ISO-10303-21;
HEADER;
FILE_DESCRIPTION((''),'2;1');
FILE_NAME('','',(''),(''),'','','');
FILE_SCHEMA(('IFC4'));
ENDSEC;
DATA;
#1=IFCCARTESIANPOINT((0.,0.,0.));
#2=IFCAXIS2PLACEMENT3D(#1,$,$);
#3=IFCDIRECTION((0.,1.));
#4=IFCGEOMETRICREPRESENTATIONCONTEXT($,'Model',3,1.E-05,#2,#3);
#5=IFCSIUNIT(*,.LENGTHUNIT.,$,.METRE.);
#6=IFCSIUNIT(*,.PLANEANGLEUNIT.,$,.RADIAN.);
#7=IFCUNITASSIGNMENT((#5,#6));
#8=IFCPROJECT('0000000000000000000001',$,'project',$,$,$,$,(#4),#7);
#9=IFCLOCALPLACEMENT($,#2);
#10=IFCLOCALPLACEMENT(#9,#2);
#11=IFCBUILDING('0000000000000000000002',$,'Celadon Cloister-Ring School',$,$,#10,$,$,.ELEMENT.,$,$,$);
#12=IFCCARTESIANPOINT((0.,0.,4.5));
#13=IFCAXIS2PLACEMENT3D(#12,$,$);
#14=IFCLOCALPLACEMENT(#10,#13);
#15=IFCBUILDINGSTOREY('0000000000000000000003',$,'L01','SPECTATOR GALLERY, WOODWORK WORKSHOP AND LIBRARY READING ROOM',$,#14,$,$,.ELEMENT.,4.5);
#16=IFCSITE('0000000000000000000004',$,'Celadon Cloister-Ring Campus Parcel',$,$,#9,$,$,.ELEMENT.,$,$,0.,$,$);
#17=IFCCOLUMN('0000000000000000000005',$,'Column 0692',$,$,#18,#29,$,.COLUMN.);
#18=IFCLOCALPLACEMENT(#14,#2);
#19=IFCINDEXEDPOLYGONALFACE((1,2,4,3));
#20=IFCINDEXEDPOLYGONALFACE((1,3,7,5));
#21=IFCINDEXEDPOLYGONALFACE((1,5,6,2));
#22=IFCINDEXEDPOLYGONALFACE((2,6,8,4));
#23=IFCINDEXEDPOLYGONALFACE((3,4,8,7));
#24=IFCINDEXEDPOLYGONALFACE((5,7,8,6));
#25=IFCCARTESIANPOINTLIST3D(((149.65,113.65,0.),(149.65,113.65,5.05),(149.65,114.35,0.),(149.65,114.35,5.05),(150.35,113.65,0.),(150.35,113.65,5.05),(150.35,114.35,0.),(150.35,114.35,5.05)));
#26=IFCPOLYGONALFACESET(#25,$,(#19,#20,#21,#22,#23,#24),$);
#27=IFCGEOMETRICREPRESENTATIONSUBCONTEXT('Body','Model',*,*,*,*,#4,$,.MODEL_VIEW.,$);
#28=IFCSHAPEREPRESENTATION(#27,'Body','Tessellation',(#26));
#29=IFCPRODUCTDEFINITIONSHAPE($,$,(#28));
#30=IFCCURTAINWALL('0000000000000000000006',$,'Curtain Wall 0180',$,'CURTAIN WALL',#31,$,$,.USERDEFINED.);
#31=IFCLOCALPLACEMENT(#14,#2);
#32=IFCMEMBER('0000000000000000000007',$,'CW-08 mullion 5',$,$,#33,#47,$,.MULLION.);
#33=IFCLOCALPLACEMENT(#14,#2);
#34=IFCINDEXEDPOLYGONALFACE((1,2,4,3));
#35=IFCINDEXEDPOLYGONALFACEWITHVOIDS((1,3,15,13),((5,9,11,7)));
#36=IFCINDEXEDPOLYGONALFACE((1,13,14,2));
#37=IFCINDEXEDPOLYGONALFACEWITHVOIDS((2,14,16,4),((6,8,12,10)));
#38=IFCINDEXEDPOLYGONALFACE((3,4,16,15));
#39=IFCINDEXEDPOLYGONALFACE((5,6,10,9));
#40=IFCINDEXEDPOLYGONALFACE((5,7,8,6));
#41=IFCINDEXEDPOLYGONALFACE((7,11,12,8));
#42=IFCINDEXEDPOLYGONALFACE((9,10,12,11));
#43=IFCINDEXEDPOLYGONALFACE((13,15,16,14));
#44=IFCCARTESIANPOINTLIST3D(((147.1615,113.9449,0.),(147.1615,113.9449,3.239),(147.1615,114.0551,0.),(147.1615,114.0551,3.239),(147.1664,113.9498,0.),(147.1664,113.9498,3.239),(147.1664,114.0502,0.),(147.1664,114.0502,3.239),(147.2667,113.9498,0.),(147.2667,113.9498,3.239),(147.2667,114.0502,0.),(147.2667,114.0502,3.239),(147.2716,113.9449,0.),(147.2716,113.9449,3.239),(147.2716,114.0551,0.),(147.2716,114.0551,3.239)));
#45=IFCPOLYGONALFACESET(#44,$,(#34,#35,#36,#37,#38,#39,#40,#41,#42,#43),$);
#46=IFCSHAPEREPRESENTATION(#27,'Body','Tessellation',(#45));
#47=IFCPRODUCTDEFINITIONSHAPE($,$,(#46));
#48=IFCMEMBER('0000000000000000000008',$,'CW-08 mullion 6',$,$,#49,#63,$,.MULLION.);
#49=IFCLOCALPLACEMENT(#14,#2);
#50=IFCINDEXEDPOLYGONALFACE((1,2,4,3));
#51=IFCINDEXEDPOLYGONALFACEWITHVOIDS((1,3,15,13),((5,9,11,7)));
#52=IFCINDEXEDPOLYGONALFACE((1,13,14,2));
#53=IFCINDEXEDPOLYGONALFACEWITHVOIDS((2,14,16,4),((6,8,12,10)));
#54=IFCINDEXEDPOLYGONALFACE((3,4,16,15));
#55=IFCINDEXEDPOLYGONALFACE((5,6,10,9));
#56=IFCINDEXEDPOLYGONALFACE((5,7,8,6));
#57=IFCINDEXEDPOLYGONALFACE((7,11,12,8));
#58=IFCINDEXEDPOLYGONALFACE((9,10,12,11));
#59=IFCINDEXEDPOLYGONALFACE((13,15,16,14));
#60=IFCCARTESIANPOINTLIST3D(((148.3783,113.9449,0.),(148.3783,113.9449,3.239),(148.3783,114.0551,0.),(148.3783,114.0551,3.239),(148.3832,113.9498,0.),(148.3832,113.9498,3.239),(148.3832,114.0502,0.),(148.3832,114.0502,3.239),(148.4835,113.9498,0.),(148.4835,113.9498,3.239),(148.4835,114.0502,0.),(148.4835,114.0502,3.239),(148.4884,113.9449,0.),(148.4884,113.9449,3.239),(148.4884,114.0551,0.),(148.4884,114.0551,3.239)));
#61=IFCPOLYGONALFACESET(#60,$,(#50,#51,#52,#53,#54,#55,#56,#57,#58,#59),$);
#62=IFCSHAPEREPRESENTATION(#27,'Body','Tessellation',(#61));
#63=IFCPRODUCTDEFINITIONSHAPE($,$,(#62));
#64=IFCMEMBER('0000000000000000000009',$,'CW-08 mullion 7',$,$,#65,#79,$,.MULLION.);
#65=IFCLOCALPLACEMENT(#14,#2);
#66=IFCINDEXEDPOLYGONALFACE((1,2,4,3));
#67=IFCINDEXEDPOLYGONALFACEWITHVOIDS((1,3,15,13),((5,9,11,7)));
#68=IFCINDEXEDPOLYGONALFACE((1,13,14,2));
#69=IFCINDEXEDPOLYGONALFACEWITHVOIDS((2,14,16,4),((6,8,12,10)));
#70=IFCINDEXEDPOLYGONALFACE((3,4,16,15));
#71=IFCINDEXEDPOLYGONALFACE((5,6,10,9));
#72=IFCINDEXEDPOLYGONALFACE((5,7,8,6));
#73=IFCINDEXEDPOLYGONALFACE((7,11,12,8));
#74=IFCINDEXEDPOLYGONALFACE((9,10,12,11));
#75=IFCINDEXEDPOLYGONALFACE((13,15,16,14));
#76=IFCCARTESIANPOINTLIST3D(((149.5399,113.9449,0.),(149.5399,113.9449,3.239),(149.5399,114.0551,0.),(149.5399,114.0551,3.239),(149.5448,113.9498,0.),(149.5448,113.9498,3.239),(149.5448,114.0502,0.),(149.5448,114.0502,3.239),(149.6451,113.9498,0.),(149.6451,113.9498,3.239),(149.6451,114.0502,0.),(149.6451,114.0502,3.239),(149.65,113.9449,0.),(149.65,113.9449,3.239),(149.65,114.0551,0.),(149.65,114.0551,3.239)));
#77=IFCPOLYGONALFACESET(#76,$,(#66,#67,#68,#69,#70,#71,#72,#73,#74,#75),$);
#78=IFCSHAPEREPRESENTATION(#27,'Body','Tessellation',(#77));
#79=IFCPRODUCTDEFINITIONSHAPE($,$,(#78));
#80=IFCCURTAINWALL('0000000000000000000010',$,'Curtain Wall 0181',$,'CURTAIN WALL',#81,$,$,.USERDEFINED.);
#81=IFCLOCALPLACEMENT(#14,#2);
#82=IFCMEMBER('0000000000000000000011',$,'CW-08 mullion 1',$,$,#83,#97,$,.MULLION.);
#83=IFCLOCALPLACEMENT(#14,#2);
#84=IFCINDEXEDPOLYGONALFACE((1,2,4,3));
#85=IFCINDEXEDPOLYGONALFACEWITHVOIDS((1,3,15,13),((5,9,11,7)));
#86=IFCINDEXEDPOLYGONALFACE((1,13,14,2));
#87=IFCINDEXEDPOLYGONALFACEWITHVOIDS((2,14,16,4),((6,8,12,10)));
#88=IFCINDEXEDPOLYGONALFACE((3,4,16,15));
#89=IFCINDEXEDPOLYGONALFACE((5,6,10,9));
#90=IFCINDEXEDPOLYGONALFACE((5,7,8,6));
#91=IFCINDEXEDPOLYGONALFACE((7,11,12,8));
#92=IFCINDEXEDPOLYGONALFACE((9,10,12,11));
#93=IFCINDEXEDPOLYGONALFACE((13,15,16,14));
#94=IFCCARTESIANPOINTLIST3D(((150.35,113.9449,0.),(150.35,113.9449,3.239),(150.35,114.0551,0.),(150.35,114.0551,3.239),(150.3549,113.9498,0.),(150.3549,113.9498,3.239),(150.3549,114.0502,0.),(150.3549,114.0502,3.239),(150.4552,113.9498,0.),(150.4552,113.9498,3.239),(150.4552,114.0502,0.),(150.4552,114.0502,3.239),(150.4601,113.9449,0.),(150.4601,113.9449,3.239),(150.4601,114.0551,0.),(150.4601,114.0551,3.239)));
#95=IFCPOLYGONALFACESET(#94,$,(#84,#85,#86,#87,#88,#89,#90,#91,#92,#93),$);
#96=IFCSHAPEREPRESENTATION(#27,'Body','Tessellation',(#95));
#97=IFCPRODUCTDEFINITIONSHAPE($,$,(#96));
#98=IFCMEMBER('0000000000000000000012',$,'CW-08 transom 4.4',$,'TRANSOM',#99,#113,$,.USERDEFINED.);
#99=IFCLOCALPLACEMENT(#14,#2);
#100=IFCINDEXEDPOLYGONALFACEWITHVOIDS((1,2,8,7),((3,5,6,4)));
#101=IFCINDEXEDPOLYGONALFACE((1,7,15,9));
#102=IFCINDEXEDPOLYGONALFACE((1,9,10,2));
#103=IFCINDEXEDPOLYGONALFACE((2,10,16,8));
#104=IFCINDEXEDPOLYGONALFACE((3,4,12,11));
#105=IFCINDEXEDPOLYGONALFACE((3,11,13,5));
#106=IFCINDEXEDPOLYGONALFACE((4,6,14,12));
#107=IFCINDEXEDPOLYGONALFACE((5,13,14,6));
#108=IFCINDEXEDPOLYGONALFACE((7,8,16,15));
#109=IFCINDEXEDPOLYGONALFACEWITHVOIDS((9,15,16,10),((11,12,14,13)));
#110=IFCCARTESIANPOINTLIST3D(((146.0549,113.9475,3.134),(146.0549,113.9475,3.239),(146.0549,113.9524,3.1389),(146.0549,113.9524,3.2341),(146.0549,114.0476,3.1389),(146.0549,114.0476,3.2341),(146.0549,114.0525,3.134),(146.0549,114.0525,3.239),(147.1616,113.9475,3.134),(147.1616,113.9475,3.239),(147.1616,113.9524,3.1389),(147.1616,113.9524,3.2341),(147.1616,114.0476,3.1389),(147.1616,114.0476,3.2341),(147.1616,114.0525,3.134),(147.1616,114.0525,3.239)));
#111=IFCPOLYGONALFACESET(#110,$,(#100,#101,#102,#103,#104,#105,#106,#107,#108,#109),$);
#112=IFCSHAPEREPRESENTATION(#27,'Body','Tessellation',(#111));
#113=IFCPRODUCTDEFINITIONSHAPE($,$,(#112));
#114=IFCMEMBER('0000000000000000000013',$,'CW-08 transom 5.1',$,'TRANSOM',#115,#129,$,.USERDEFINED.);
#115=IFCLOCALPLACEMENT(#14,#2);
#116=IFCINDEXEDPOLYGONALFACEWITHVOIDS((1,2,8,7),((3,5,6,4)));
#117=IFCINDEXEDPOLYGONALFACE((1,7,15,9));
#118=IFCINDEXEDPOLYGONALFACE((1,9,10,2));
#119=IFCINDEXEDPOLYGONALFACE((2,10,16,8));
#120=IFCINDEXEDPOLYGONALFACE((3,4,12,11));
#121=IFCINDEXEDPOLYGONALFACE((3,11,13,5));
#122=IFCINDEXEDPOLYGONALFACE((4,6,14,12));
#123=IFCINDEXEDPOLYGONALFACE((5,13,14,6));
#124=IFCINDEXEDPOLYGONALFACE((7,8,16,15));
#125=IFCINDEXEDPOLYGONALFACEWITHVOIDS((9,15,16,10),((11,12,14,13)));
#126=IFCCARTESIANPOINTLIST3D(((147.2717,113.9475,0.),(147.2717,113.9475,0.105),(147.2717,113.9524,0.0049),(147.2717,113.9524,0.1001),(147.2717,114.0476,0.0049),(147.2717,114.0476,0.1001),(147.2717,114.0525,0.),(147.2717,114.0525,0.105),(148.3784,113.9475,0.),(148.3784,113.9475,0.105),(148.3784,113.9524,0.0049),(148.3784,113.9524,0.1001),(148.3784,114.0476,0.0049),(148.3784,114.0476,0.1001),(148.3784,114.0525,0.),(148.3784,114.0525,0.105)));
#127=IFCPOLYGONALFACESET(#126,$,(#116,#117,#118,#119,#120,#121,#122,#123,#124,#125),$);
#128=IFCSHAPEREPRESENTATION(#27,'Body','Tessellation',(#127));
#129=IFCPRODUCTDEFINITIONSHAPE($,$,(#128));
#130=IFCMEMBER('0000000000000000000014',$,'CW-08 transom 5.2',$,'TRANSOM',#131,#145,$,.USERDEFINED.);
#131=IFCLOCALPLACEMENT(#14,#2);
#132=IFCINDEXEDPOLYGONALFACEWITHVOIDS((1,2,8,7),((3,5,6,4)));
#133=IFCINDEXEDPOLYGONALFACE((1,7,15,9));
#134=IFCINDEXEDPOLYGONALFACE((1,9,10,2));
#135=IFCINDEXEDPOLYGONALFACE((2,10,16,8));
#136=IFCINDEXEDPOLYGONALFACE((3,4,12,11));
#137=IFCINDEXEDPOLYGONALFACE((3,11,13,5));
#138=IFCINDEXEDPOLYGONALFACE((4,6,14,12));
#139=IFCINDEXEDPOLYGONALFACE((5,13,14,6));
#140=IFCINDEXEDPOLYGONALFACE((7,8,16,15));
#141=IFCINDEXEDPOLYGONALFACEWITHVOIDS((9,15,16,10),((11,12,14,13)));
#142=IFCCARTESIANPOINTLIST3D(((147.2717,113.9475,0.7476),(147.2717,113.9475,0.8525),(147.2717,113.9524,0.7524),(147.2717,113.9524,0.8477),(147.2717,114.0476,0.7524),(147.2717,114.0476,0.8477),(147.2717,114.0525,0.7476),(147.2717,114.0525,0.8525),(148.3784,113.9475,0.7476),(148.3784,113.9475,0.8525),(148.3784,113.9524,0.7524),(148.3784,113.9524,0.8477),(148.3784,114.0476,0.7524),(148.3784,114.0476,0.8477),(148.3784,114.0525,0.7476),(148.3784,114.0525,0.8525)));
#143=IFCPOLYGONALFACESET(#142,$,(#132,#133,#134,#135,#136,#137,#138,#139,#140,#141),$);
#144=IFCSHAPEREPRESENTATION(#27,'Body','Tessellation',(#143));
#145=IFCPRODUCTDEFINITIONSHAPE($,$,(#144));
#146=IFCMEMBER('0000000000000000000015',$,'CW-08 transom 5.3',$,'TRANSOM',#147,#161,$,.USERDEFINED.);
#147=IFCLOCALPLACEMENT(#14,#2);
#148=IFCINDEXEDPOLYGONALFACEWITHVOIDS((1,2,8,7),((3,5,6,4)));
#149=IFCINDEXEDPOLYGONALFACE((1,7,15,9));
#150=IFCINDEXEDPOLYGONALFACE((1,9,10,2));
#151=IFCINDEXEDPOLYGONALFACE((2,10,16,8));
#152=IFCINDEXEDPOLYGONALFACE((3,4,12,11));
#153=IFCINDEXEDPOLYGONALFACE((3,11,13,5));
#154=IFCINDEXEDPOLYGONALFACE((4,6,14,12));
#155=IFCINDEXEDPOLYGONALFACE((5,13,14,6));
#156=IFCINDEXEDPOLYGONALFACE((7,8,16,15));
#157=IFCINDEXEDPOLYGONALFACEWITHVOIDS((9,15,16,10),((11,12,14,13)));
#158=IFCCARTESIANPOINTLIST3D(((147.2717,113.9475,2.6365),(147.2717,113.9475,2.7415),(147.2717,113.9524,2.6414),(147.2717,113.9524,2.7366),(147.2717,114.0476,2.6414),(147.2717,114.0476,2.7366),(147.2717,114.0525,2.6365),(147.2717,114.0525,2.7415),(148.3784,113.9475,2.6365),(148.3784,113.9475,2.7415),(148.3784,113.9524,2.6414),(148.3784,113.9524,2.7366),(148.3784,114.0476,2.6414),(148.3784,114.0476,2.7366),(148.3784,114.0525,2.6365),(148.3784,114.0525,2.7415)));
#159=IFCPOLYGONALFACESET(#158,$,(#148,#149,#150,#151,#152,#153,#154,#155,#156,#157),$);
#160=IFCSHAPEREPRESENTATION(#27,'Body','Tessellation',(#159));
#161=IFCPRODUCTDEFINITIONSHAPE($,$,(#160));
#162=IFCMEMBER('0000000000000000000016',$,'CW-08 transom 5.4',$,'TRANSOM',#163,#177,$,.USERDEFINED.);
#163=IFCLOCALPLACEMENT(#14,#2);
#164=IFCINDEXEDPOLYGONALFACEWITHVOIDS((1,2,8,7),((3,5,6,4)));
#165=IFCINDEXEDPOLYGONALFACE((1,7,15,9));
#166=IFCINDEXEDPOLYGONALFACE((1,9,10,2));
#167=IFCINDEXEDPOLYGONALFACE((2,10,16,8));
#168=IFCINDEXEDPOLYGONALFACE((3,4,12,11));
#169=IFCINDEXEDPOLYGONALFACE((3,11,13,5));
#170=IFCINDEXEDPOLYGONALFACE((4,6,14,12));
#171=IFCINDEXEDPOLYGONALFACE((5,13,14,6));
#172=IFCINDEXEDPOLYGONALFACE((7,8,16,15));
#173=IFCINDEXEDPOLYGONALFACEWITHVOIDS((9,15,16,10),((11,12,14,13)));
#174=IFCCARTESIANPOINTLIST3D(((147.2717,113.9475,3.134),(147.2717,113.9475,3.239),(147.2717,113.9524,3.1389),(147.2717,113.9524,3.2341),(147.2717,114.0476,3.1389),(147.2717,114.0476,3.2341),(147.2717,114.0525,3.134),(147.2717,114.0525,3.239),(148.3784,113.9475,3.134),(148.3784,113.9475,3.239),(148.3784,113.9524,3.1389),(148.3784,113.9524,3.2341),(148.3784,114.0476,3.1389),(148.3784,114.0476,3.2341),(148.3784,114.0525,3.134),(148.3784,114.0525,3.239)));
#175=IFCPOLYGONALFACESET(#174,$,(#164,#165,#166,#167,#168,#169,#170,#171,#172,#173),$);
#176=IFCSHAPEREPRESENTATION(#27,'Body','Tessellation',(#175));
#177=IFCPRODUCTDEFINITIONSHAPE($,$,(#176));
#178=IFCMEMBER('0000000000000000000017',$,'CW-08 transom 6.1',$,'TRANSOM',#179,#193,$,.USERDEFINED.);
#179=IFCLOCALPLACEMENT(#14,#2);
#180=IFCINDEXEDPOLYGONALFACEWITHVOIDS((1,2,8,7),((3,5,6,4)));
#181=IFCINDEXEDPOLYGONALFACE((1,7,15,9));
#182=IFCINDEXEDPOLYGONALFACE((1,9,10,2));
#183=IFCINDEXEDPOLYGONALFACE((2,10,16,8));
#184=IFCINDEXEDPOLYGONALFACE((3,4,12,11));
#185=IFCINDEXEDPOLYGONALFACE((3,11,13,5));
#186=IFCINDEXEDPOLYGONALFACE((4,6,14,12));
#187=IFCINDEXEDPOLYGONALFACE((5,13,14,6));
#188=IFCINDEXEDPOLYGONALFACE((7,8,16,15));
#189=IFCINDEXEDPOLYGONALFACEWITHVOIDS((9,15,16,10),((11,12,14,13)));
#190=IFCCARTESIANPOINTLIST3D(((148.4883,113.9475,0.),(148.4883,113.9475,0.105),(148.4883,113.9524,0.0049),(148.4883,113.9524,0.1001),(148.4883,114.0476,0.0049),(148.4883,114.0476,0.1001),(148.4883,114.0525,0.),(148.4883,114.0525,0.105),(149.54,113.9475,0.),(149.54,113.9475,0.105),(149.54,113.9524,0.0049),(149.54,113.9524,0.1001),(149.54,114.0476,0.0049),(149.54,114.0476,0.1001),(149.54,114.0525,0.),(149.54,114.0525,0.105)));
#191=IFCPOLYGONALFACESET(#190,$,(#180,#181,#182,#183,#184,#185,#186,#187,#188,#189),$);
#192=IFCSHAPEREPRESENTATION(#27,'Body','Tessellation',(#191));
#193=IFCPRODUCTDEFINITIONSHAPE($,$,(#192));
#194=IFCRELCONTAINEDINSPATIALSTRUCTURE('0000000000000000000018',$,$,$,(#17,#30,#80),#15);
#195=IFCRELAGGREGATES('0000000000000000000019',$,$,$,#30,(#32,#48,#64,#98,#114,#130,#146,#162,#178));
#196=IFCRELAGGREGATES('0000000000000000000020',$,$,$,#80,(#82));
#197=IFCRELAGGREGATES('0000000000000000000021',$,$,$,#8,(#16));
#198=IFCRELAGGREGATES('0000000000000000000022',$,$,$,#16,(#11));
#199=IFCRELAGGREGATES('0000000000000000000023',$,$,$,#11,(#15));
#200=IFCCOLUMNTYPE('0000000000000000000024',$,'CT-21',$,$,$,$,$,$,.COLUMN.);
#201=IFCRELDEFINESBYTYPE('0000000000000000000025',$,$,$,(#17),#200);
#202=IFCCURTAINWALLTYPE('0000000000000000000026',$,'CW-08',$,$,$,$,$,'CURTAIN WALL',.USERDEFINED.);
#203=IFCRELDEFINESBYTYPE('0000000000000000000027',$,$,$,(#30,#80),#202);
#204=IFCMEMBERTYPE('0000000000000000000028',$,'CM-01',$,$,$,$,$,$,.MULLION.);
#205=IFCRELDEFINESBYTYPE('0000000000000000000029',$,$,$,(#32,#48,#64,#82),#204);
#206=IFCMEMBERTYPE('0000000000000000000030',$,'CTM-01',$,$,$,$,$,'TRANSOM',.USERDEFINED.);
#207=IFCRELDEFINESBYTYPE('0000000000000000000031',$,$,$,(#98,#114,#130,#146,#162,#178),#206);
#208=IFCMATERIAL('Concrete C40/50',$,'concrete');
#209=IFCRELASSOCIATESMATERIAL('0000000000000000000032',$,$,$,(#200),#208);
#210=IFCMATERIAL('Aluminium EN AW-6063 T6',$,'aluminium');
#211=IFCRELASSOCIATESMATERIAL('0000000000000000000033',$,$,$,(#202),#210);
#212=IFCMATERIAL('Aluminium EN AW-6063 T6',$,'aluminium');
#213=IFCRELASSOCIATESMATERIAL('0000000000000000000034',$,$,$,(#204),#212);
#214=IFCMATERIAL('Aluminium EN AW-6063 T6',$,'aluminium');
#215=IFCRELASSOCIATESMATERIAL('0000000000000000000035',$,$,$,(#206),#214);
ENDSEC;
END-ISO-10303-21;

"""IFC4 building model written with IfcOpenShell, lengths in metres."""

from ifc_helpers import new_model, si_unit, direction, frame, origin, origin_2d, place, context, subcontext, project, spatial, rectangle, hollow_rectangle, extrude, material, material_profile, profile_set, type_object, element, aggregate, save


model = new_model("IFC4")

# Units and contexts
model_context = context("Model", 3, precision=1e-05, world=origin(), true_north=direction((0.0, 1.0)))
body_context = subcontext(model_context, "Body", "Model", "MODEL_VIEW")
ifc_project = project(units=[si_unit("LENGTHUNIT", "METRE"), si_unit("PLANEANGLEUNIT", "RADIAN")], contexts=[model_context])

# Site, building, storey
site_placement = place(None, origin())
site = spatial("IfcSite", under=ifc_project, at=site_placement, Name="Celadon Cloister-Ring Campus Parcel", CompositionType="ELEMENT", RefElevation=0.0)
building_placement = place(site_placement, origin())
building = spatial("IfcBuilding", under=site, at=building_placement, Name="Celadon Cloister-Ring School", CompositionType="ELEMENT")
storey_placement = place(building_placement, frame((0.0, 0.0, 4.5)))
storey = spatial("IfcBuildingStorey", under=building, at=storey_placement, Name="L01", Description="SPECTATOR GALLERY, WOODWORK WORKSHOP AND LIBRARY READING ROOM", CompositionType="ELEMENT", Elevation=4.5)

# Column
ifc_material_1 = material(Name="Concrete C40/50", Category="concrete")
ifc_material_profile_1 = material_profile(ifc_material_1, rectangle(XDim=0.7, YDim=0.7, at=origin_2d()), Name="RC700X700")
ifc_profile_set_1 = profile_set([ifc_material_profile_1], Name="Concrete C40/50")
column_type = type_object("IfcColumnType", Name="CT-21", PredefinedType="COLUMN", material=ifc_profile_set_1)
column_placement = place(storey_placement, frame((150.0, 114.0, 0.0), z_axis=(0.0, 0.0, 1.0), x_axis=(1.0, 0.0, 0.0)))
element("IfcColumn", 1, at=column_placement, inside=storey, type_object=column_type, Name="Column 0692", PredefinedType="COLUMN", context=body_context, shape_type="SweptSolid", body=[
    extrude(rectangle(XDim=0.7, YDim=0.7, at=origin_2d()), origin(), (0.0, 0.0, 1.0), 5.05),
])

# Curtain wall, members
ifc_material_2 = material(Name="Aluminium EN AW-6063 T6", Category="aluminium")
curtain_wall_type = type_object("IfcCurtainWallType", Name="CW-08", ElementType="CURTAIN WALL", PredefinedType="USERDEFINED", material=ifc_material_2)
curtain_wall_1_placement = place(storey_placement, origin())
curtain_wall_1 = element("IfcCurtainWall", 2, at=curtain_wall_1_placement, inside=storey, type_object=curtain_wall_type, Name="Curtain Wall 0180", ObjectType="CURTAIN WALL", PredefinedType="USERDEFINED")
ifc_material_3 = material(Name="Aluminium EN AW-6063 T6", Category="aluminium")
ifc_material_profile_2 = material_profile(ifc_material_3, hollow_rectangle(XDim=0.1101, YDim=0.1101, WallThickness=0.0049, at=origin_2d()), Name="RHS110X110X5")
ifc_profile_set_2 = profile_set([ifc_material_profile_2], Name="Aluminium EN AW-6063 T6")
member_type_1 = type_object("IfcMemberType", Name="CM-01", PredefinedType="MULLION", material=ifc_profile_set_2)
member_1_placement = place(storey_placement, frame((147.2166, 114.0, 0.0), z_axis=(0.0, 0.0, 1.0), x_axis=(0.0, 1.0, 0.0)))
member_1 = element("IfcMember", 3, at=member_1_placement, type_object=member_type_1, Name="CW-08 mullion 5", PredefinedType="MULLION", context=body_context, shape_type="SweptSolid", body=[
    extrude(hollow_rectangle(XDim=0.1101, YDim=0.1101, WallThickness=0.0049, at=origin_2d()), origin(), (0.0, 0.0, 1.0), 3.239),
])
member_2_placement = place(storey_placement, frame((148.4333, 114.0, 0.0), z_axis=(0.0, 0.0, 1.0), x_axis=(0.0, 1.0, 0.0)))
member_2 = element("IfcMember", 4, at=member_2_placement, type_object=member_type_1, Name="CW-08 mullion 6", PredefinedType="MULLION", context=body_context, shape_type="SweptSolid", body=[
    extrude(hollow_rectangle(XDim=0.1101, YDim=0.1101, WallThickness=0.0049, at=origin_2d()), origin(), (0.0, 0.0, 1.0), 3.239),
])
member_3_placement = place(storey_placement, frame((149.595, 114.0, 0.0), z_axis=(0.0, 0.0, 1.0), x_axis=(0.0, 1.0, 0.0)))
member_3 = element("IfcMember", 5, at=member_3_placement, type_object=member_type_1, Name="CW-08 mullion 7", PredefinedType="MULLION", context=body_context, shape_type="SweptSolid", body=[
    extrude(hollow_rectangle(XDim=0.1101, YDim=0.1101, WallThickness=0.0049, at=origin_2d()), origin(), (0.0, 0.0, 1.0), 3.239),
])

# Curtain wall, member
curtain_wall_2_placement = place(storey_placement, origin())
curtain_wall_2 = element("IfcCurtainWall", 6, at=curtain_wall_2_placement, inside=storey, type_object=curtain_wall_type, Name="Curtain Wall 0181", ObjectType="CURTAIN WALL", PredefinedType="USERDEFINED")
member_4_placement = place(storey_placement, frame((150.405, 114.0, 0.0), z_axis=(0.0, 0.0, 1.0), x_axis=(0.0, 1.0, 0.0)))
member_4 = element("IfcMember", 7, at=member_4_placement, type_object=member_type_1, Name="CW-08 mullion 1", PredefinedType="MULLION", context=body_context, shape_type="SweptSolid", body=[
    extrude(hollow_rectangle(XDim=0.1101, YDim=0.1101, WallThickness=0.0049, at=origin_2d()), origin(), (0.0, 0.0, 1.0), 3.239),
])

# Members
ifc_material_4 = material(Name="Aluminium EN AW-6063 T6", Category="aluminium")
ifc_material_profile_3 = material_profile(ifc_material_4, hollow_rectangle(XDim=0.105, YDim=0.105, WallThickness=0.0049, at=origin_2d()), Name="RHS105X105X5")
ifc_profile_set_3 = profile_set([ifc_material_profile_3], Name="Aluminium EN AW-6063 T6")
member_type_2 = type_object("IfcMemberType", Name="CTM-01", ElementType="TRANSOM", PredefinedType="USERDEFINED", material=ifc_profile_set_3)
member_5_placement = place(storey_placement, frame((146.0549, 114.0, 3.1865), z_axis=(1.0, 0.0, 0.0), x_axis=(0.0, 1.0, 0.0)))
member_5 = element("IfcMember", 8, at=member_5_placement, type_object=member_type_2, Name="CW-08 transom 4.4", ObjectType="TRANSOM", PredefinedType="USERDEFINED", context=body_context, shape_type="SweptSolid", body=[
    extrude(hollow_rectangle(XDim=0.105, YDim=0.105, WallThickness=0.0049, at=origin_2d()), origin(), (0.0, 0.0, 1.0), 1.1067),
])
member_6_placement = place(storey_placement, frame((147.2717, 114.0, 0.0525), z_axis=(1.0, 0.0, 0.0), x_axis=(0.0, 1.0, 0.0)))
member_6 = element("IfcMember", 9, at=member_6_placement, type_object=member_type_2, Name="CW-08 transom 5.1", ObjectType="TRANSOM", PredefinedType="USERDEFINED", context=body_context, shape_type="SweptSolid", body=[
    extrude(hollow_rectangle(XDim=0.105, YDim=0.105, WallThickness=0.0049, at=origin_2d()), origin(), (0.0, 0.0, 1.0), 1.1067),
])
member_7_placement = place(storey_placement, frame((147.2717, 114.0, 0.8), z_axis=(1.0, 0.0, 0.0), x_axis=(0.0, 1.0, 0.0)))
member_7 = element("IfcMember", 10, at=member_7_placement, type_object=member_type_2, Name="CW-08 transom 5.2", ObjectType="TRANSOM", PredefinedType="USERDEFINED", context=body_context, shape_type="SweptSolid", body=[
    extrude(hollow_rectangle(XDim=0.105, YDim=0.105, WallThickness=0.0049, at=origin_2d()), origin(), (0.0, 0.0, 1.0), 1.1067),
])
member_8_placement = place(storey_placement, frame((147.2717, 114.0, 2.689), z_axis=(1.0, 0.0, 0.0), x_axis=(0.0, 1.0, 0.0)))
member_8 = element("IfcMember", 11, at=member_8_placement, type_object=member_type_2, Name="CW-08 transom 5.3", ObjectType="TRANSOM", PredefinedType="USERDEFINED", context=body_context, shape_type="SweptSolid", body=[
    extrude(hollow_rectangle(XDim=0.105, YDim=0.105, WallThickness=0.0049, at=origin_2d()), origin(), (0.0, 0.0, 1.0), 1.1067),
])
member_9_placement = place(storey_placement, frame((147.2717, 114.0, 3.1865), z_axis=(1.0, 0.0, 0.0), x_axis=(0.0, 1.0, 0.0)))
member_9 = element("IfcMember", 12, at=member_9_placement, type_object=member_type_2, Name="CW-08 transom 5.4", ObjectType="TRANSOM", PredefinedType="USERDEFINED", context=body_context, shape_type="SweptSolid", body=[
    extrude(hollow_rectangle(XDim=0.105, YDim=0.105, WallThickness=0.0049, at=origin_2d()), origin(), (0.0, 0.0, 1.0), 1.1067),
])
member_10_placement = place(storey_placement, frame((148.4883, 114.0, 0.0525), z_axis=(1.0, 0.0, 0.0), x_axis=(0.0, 1.0, 0.0)))
member_10 = element("IfcMember", 13, at=member_10_placement, type_object=member_type_2, Name="CW-08 transom 6.1", ObjectType="TRANSOM", PredefinedType="USERDEFINED", context=body_context, shape_type="SweptSolid", body=[
    extrude(hollow_rectangle(XDim=0.105, YDim=0.105, WallThickness=0.0049, at=origin_2d()), origin(), (0.0, 0.0, 1.0), 1.0518),
])

aggregate(curtain_wall_1, [member_1, member_2, member_3, member_5, member_6, member_7, member_8, member_9, member_10])
aggregate(curtain_wall_2, [member_4])

save(model, "model.ifc")
